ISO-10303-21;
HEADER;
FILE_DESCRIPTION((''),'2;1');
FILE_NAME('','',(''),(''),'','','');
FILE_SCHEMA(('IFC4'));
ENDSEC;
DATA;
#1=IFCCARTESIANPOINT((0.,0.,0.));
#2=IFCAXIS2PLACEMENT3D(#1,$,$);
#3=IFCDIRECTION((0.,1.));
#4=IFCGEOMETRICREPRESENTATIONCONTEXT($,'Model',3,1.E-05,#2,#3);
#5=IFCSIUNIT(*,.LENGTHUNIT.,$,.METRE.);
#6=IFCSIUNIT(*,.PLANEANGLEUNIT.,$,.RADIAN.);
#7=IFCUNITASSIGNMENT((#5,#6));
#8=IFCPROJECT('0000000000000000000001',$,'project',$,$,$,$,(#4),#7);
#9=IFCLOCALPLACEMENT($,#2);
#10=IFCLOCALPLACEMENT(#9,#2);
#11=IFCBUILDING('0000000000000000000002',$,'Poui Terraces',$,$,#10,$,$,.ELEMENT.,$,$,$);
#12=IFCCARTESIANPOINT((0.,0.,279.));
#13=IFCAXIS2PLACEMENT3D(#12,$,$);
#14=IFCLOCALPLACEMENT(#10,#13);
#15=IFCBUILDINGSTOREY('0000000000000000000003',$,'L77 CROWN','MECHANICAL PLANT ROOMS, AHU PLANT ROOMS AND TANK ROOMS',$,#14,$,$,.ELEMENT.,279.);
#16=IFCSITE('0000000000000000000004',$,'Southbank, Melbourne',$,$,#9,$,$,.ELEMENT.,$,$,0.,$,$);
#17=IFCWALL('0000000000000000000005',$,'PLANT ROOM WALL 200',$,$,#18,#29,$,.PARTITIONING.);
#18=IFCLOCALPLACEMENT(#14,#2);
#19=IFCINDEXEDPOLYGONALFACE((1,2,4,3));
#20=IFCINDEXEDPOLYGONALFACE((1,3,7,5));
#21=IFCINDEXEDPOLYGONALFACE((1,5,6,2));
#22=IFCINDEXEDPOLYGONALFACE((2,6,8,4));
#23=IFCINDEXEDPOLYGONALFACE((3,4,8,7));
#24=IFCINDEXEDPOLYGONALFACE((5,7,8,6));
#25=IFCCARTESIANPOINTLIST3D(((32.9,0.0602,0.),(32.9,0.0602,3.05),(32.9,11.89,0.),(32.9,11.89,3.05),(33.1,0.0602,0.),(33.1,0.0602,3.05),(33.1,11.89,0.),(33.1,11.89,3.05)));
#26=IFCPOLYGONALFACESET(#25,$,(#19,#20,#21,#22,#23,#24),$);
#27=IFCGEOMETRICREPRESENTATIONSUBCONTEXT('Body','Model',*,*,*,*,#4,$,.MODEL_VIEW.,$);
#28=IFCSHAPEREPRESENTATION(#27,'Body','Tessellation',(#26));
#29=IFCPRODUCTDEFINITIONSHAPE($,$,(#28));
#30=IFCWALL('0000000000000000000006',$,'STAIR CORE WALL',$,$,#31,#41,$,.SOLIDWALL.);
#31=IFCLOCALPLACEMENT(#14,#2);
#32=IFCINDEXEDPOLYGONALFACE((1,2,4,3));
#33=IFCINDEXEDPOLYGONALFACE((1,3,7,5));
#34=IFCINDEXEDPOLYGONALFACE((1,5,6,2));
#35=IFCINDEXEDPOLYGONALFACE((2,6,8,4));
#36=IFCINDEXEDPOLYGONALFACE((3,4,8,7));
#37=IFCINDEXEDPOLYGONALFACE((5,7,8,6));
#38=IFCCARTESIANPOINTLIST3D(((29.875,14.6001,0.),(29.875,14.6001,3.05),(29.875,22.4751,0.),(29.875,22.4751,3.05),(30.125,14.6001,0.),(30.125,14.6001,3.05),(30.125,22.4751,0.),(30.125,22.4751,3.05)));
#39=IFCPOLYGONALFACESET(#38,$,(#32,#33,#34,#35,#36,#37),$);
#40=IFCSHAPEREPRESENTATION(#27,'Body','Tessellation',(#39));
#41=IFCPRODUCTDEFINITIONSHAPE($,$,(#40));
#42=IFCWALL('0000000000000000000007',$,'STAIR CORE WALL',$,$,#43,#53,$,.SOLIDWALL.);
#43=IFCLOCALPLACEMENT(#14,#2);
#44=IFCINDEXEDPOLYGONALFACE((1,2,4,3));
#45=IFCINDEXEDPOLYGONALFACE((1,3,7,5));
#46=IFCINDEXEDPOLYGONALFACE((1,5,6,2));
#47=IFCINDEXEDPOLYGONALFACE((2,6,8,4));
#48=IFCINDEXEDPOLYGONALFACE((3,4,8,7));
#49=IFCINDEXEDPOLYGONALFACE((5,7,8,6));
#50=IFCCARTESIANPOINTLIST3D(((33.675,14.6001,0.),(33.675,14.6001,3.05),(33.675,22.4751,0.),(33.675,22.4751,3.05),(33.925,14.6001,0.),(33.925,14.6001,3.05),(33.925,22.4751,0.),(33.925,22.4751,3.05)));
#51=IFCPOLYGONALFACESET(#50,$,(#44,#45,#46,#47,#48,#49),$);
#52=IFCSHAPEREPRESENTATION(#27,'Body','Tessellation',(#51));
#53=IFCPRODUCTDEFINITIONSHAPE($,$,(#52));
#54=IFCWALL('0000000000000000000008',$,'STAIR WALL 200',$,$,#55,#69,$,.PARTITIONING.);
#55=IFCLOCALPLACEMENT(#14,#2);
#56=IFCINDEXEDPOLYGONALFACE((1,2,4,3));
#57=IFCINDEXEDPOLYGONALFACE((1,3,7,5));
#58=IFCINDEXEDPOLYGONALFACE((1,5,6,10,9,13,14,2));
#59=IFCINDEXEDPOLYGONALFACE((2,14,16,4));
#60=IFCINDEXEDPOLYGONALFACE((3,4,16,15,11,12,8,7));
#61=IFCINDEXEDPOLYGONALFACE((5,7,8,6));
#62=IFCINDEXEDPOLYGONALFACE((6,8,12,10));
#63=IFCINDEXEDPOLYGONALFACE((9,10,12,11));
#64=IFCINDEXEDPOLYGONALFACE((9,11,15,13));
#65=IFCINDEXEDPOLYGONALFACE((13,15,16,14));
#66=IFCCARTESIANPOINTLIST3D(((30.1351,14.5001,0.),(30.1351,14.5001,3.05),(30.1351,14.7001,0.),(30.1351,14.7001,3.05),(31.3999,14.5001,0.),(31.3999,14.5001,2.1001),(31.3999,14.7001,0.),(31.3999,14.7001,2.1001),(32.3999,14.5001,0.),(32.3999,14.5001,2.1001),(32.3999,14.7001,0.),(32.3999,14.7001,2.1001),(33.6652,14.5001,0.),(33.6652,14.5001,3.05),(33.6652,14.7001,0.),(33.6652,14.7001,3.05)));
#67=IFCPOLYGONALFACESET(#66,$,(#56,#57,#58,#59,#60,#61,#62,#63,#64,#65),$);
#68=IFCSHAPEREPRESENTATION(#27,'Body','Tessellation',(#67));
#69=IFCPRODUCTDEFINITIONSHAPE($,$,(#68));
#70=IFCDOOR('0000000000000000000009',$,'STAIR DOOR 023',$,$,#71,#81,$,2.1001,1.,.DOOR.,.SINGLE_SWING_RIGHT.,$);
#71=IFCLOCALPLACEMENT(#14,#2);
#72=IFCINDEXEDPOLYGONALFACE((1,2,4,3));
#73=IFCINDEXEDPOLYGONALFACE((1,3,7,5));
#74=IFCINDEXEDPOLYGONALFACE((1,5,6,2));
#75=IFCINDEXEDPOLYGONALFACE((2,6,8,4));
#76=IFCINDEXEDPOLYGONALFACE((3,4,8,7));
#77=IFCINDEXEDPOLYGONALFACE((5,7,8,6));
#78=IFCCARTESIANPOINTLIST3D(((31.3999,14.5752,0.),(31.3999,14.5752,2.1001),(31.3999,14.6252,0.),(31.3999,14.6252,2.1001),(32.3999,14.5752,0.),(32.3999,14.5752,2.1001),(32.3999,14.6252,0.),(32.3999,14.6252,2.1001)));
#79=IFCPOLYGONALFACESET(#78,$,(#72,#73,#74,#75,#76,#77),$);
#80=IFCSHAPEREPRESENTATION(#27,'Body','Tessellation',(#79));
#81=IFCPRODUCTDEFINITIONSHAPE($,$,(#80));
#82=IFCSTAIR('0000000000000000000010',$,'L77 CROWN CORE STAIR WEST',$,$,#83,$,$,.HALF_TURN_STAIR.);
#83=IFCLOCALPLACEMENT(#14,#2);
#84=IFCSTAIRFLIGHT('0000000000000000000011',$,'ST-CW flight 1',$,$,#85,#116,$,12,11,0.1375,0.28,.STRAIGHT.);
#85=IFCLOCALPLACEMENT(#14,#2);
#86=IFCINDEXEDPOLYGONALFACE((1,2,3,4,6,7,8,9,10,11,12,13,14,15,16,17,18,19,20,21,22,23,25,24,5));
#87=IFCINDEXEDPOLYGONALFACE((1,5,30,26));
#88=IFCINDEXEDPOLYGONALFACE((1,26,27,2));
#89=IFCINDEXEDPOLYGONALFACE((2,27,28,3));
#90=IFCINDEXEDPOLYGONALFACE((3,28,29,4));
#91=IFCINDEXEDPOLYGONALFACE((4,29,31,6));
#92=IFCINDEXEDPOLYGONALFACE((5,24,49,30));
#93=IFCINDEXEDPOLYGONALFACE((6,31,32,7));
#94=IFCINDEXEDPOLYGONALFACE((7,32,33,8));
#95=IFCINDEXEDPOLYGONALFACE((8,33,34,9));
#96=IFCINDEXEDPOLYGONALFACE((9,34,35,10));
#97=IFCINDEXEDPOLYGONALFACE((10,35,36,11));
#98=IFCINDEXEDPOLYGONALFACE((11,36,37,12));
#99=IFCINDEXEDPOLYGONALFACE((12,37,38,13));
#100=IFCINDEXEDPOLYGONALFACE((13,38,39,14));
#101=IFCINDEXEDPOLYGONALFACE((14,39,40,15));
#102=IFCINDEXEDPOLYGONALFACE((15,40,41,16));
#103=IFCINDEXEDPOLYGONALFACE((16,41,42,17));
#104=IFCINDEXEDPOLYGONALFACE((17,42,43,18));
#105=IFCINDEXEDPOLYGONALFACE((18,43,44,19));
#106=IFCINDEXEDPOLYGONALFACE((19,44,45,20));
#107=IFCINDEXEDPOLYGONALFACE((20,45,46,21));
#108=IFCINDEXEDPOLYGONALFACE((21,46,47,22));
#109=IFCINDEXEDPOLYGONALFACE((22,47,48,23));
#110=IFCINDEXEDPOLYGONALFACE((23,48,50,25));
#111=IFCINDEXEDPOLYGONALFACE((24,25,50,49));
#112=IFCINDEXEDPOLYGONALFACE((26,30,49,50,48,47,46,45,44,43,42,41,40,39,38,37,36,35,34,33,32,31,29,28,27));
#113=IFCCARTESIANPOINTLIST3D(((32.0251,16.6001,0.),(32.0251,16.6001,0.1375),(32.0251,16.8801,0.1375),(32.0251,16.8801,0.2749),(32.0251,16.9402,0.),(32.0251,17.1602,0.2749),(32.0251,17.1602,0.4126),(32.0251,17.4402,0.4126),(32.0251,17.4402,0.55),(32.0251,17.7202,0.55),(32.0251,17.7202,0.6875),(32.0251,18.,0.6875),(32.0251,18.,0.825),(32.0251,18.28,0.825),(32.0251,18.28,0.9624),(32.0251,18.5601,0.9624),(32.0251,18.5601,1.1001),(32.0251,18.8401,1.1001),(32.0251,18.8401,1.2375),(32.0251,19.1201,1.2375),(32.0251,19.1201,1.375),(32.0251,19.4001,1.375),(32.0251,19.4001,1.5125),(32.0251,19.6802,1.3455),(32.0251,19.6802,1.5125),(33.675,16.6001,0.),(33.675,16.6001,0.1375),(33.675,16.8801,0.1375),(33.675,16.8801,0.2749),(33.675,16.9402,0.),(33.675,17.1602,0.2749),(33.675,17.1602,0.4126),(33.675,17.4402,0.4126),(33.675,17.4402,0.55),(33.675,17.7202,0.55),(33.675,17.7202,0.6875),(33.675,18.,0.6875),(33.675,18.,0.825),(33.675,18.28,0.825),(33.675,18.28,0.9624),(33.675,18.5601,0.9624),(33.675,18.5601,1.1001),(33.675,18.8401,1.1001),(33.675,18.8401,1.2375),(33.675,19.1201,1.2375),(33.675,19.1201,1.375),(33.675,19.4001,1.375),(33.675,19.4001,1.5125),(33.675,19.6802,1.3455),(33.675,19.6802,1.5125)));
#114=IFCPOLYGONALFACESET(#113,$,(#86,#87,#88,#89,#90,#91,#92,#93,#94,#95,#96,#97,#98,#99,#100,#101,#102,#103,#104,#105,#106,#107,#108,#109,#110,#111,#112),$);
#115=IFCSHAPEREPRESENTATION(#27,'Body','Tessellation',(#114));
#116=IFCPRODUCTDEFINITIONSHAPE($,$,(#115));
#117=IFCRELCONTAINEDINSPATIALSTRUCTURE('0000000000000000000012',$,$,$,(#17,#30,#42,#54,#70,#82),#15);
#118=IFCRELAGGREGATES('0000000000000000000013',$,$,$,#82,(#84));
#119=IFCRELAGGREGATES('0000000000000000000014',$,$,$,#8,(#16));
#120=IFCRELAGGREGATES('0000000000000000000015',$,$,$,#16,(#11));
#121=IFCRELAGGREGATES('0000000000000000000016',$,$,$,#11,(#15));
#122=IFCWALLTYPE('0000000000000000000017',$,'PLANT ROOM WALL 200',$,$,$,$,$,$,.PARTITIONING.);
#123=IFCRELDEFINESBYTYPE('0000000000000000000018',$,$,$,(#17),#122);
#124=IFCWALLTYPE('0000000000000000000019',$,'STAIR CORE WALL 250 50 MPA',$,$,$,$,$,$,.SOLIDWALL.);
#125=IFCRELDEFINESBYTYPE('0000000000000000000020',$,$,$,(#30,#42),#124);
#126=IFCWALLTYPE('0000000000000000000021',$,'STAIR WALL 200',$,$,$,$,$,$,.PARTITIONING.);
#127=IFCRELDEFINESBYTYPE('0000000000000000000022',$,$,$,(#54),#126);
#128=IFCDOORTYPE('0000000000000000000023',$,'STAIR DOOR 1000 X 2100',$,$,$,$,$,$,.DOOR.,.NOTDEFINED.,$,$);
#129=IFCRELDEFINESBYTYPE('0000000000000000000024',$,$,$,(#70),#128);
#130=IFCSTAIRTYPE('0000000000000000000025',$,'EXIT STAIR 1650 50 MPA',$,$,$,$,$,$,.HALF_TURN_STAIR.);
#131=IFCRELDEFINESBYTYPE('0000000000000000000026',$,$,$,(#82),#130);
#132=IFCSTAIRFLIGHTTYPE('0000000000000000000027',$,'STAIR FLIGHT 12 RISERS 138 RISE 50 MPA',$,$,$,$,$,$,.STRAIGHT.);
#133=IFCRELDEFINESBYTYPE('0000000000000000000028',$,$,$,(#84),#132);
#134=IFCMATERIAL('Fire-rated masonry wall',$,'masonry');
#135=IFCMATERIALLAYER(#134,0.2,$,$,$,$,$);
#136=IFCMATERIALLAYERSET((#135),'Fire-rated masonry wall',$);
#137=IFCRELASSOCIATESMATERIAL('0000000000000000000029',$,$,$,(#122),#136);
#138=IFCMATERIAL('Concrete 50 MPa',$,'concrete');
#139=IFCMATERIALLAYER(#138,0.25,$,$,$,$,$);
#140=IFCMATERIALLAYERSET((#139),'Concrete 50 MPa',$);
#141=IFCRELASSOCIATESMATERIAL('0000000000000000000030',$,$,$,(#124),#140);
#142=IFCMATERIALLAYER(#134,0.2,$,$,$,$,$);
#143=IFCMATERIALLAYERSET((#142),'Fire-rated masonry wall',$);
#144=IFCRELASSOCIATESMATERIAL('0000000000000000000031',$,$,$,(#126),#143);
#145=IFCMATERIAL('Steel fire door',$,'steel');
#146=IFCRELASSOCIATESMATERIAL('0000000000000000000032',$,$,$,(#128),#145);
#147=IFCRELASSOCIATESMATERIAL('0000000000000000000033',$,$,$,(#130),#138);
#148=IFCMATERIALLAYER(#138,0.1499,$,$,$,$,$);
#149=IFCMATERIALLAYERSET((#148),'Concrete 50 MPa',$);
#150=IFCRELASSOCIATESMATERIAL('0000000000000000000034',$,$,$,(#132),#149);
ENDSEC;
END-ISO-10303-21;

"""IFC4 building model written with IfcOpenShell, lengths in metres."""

from ifc_helpers import new_model, si_unit, direction, frame, frame_2d, origin, place, context, subcontext, project, spatial, polyline, rectangle, outline, extrude, material, layer, layer_set, type_object, element, fill, aggregate, save


model = new_model("IFC4")

# Units and contexts
model_context = context("Model", 3, precision=1e-05, world=origin(), true_north=direction((0.0, 1.0)))
body_context = subcontext(model_context, "Body", "Model", "MODEL_VIEW")
ifc_project = project(units=[si_unit("LENGTHUNIT", "METRE"), si_unit("PLANEANGLEUNIT", "RADIAN")], contexts=[model_context])

# Site, building, storey
site_placement = place(None, origin())
site = spatial("IfcSite", under=ifc_project, at=site_placement, Name="Southbank, Melbourne", CompositionType="ELEMENT", RefElevation=0.0)
building_placement = place(site_placement, origin())
building = spatial("IfcBuilding", under=site, at=building_placement, Name="Poui Terraces", CompositionType="ELEMENT")
storey_placement = place(building_placement, frame((0.0, 0.0, 279.0)))
storey = spatial("IfcBuildingStorey", under=building, at=storey_placement, Name="L77 CROWN", Description="MECHANICAL PLANT ROOMS, AHU PLANT ROOMS AND TANK ROOMS", CompositionType="ELEMENT", Elevation=279.0)

# Shared definitions
ifc_material_1 = material(Name="Concrete 50 MPa", Category="concrete")

# Shared definitions
ifc_material_2 = material(Name="Steel fire door", Category="steel")

# Shared definitions
ifc_material_3 = material(Name="Fire-rated masonry wall", Category="masonry")
ifc_layer_1 = layer(ifc_material_3, 0.2)
ifc_layer_set_1 = layer_set([ifc_layer_1], Name="Fire-rated masonry wall")
wall_type_1 = type_object("IfcWallType", Name="PLANT ROOM WALL 200", PredefinedType="PARTITIONING", material=ifc_layer_set_1)

# Walls
wall_1_placement = place(storey_placement, frame((33.0, 0.0601, 0.0), z_axis=(0.0, 0.0, 1.0), x_axis=(0.0, 1.0, 0.0)))
element("IfcWall", 1, at=wall_1_placement, inside=storey, type_object=wall_type_1, Name="PLANT ROOM WALL 200", PredefinedType="PARTITIONING", context=body_context, shape_type="SweptSolid", body=[
    extrude(rectangle(XDim=11.8298, YDim=0.2, at=frame_2d((5.915, 0.0))), origin(), (0.0, 0.0, 1.0), 3.05),
])
ifc_layer_2 = layer(ifc_material_1, 0.25)
ifc_layer_set_2 = layer_set([ifc_layer_2], Name="Concrete 50 MPa")
wall_type_2 = type_object("IfcWallType", Name="STAIR CORE WALL 250 50 MPA", PredefinedType="SOLIDWALL", material=ifc_layer_set_2)
for number, where, z_axis, x_axis, name in (
    (2, (30.0, 14.6001, 0.0), (0.0, 0.0, 1.0), (0.0, 1.0, 0.0), "STAIR CORE WALL"),
    (3, (33.8, 14.6001, 0.0), (0.0, 0.0, 1.0), (0.0, 1.0, 0.0), "STAIR CORE WALL"),
):
    element("IfcWall", number, at=place(storey_placement, frame(where, z_axis=z_axis, x_axis=x_axis)), inside=storey, type_object=wall_type_2, Name=name, PredefinedType="SOLIDWALL", context=body_context, shape_type="SweptSolid", body=[
        extrude(rectangle(XDim=7.875, YDim=0.25, at=frame_2d((3.9375, 0.0))), origin(), (0.0, 0.0, 1.0), 3.05),
    ])

# Wall, opening, door
ifc_layer_3 = layer(ifc_material_3, 0.2)
ifc_layer_set_3 = layer_set([ifc_layer_3], Name="Fire-rated masonry wall")
wall_type_3 = type_object("IfcWallType", Name="STAIR WALL 200", PredefinedType="PARTITIONING", material=ifc_layer_set_3)
wall_2_placement = place(storey_placement, frame((30.135, 14.6001, 0.0), z_axis=(0.0, 0.0, 1.0), x_axis=(1.0, 0.0, 0.0)))
wall_2 = element("IfcWall", 4, at=wall_2_placement, inside=storey, type_object=wall_type_3, Name="STAIR WALL 200", PredefinedType="PARTITIONING", context=body_context, shape_type="SweptSolid", body=[
    extrude(rectangle(XDim=3.53, YDim=0.2, at=frame_2d((1.7651, 0.0))), origin(), (0.0, 0.0, 1.0), 3.05),
])
opening_1_placement = place(wall_2_placement, frame((1.2649, 0.0, 0.0)))
opening_1 = element("IfcOpeningElement", 5, at=opening_1_placement, cuts=wall_2, PredefinedType="OPENING", context=body_context, shape_type="SweptSolid", body=[
    extrude(rectangle(XDim=1.0, YDim=2.1001, at=frame_2d((0.5, 1.05))), frame((0.0, 0.1099, 0.0), z_axis=(0.0, -1.0, 0.0), x_axis=(1.0, 0.0, 0.0)), (0.0, 0.0, 1.0), 0.22),
])
door_type_1 = type_object("IfcDoorType", Name="STAIR DOOR 1000 X 2100", OperationType="NOTDEFINED", PredefinedType="DOOR", material=ifc_material_2)
door_1_placement = place(opening_1_placement, frame((1.0, 0.0, 0.0), z_axis=(0.0, 0.0, 1.0), x_axis=(-1.0, 0.0, 0.0)))
door_1 = element("IfcDoor", 6, at=door_1_placement, inside=storey, type_object=door_type_1, Name="STAIR DOOR 023", OperationType="SINGLE_SWING_RIGHT", OverallHeight=2.1001, OverallWidth=1.0, PredefinedType="DOOR", context=body_context, shape_type="SweptSolid", body=[
    extrude(rectangle(XDim=1.0, YDim=2.1001, at=frame_2d((0.5, 1.05))), frame((0.0, 0.0249, 0.0), z_axis=(0.0, -1.0, 0.0), x_axis=(1.0, 0.0, 0.0)), (0.0, 0.0, 1.0), 0.05),
])
fill(opening_1, door_1)

# Stair, stair flight
stair_type = type_object("IfcStairType", Name="EXIT STAIR 1650 50 MPA", PredefinedType="HALF_TURN_STAIR", material=ifc_material_1)
stair_placement = place(storey_placement, origin())
stair = element("IfcStair", 7, at=stair_placement, inside=storey, type_object=stair_type, Name="L77 CROWN CORE STAIR WEST", PredefinedType="HALF_TURN_STAIR")
ifc_layer_4 = layer(ifc_material_1, 0.1499)
ifc_layer_set_4 = layer_set([ifc_layer_4], Name="Concrete 50 MPa")
stair_flight_type = type_object("IfcStairFlightType", Name="STAIR FLIGHT 12 RISERS 138 RISE 50 MPA", PredefinedType="STRAIGHT", material=ifc_layer_set_4)
stair_flight_placement = place(storey_placement, frame((32.8501, 16.6001, 0.0), z_axis=(0.0, 0.0, 1.0), x_axis=(0.0, 1.0, 0.0)))
stair_flight = element("IfcStairFlight", 8, at=stair_flight_placement, type_object=stair_flight_type, Name="ST-CW flight 1", NumberOfRisers=12, NumberOfTreads=11, PredefinedType="STRAIGHT", RiserHeight=0.1375, TreadLength=0.28, context=body_context, shape_type="SweptSolid", body=[
    extrude(outline(polyline([(0.0, 0.0), (0.0, 0.1375), (0.28, 0.1375), (0.28, 0.2749), (0.5601, 0.2749), (0.5601, 0.4126), (0.8401, 0.4126), (0.8401, 0.55), (1.1201, 0.55), (1.1201, 0.6875), (1.3999, 0.6875), (1.3999, 0.825), (1.6799, 0.825), (1.6799, 0.9624), (1.96, 0.9624), (1.96, 1.1001), (2.24, 1.1001), (2.24, 1.2375), (2.52, 1.2375), (2.52, 1.375), (2.8, 1.375), (2.8, 1.5125), (3.0801, 1.5125), (3.0801, 1.6499), (3.0801, 1.3455), (0.3401, 0.0), (0.0, 0.0)])), frame((0.0, 0.825, 0.0), z_axis=(0.0, -1.0, 0.0), x_axis=(1.0, 0.0, 0.0)), (0.0, 0.0, 1.0), 1.6499),
])
aggregate(stair, [stair_flight])

save(model, "model.ifc")
